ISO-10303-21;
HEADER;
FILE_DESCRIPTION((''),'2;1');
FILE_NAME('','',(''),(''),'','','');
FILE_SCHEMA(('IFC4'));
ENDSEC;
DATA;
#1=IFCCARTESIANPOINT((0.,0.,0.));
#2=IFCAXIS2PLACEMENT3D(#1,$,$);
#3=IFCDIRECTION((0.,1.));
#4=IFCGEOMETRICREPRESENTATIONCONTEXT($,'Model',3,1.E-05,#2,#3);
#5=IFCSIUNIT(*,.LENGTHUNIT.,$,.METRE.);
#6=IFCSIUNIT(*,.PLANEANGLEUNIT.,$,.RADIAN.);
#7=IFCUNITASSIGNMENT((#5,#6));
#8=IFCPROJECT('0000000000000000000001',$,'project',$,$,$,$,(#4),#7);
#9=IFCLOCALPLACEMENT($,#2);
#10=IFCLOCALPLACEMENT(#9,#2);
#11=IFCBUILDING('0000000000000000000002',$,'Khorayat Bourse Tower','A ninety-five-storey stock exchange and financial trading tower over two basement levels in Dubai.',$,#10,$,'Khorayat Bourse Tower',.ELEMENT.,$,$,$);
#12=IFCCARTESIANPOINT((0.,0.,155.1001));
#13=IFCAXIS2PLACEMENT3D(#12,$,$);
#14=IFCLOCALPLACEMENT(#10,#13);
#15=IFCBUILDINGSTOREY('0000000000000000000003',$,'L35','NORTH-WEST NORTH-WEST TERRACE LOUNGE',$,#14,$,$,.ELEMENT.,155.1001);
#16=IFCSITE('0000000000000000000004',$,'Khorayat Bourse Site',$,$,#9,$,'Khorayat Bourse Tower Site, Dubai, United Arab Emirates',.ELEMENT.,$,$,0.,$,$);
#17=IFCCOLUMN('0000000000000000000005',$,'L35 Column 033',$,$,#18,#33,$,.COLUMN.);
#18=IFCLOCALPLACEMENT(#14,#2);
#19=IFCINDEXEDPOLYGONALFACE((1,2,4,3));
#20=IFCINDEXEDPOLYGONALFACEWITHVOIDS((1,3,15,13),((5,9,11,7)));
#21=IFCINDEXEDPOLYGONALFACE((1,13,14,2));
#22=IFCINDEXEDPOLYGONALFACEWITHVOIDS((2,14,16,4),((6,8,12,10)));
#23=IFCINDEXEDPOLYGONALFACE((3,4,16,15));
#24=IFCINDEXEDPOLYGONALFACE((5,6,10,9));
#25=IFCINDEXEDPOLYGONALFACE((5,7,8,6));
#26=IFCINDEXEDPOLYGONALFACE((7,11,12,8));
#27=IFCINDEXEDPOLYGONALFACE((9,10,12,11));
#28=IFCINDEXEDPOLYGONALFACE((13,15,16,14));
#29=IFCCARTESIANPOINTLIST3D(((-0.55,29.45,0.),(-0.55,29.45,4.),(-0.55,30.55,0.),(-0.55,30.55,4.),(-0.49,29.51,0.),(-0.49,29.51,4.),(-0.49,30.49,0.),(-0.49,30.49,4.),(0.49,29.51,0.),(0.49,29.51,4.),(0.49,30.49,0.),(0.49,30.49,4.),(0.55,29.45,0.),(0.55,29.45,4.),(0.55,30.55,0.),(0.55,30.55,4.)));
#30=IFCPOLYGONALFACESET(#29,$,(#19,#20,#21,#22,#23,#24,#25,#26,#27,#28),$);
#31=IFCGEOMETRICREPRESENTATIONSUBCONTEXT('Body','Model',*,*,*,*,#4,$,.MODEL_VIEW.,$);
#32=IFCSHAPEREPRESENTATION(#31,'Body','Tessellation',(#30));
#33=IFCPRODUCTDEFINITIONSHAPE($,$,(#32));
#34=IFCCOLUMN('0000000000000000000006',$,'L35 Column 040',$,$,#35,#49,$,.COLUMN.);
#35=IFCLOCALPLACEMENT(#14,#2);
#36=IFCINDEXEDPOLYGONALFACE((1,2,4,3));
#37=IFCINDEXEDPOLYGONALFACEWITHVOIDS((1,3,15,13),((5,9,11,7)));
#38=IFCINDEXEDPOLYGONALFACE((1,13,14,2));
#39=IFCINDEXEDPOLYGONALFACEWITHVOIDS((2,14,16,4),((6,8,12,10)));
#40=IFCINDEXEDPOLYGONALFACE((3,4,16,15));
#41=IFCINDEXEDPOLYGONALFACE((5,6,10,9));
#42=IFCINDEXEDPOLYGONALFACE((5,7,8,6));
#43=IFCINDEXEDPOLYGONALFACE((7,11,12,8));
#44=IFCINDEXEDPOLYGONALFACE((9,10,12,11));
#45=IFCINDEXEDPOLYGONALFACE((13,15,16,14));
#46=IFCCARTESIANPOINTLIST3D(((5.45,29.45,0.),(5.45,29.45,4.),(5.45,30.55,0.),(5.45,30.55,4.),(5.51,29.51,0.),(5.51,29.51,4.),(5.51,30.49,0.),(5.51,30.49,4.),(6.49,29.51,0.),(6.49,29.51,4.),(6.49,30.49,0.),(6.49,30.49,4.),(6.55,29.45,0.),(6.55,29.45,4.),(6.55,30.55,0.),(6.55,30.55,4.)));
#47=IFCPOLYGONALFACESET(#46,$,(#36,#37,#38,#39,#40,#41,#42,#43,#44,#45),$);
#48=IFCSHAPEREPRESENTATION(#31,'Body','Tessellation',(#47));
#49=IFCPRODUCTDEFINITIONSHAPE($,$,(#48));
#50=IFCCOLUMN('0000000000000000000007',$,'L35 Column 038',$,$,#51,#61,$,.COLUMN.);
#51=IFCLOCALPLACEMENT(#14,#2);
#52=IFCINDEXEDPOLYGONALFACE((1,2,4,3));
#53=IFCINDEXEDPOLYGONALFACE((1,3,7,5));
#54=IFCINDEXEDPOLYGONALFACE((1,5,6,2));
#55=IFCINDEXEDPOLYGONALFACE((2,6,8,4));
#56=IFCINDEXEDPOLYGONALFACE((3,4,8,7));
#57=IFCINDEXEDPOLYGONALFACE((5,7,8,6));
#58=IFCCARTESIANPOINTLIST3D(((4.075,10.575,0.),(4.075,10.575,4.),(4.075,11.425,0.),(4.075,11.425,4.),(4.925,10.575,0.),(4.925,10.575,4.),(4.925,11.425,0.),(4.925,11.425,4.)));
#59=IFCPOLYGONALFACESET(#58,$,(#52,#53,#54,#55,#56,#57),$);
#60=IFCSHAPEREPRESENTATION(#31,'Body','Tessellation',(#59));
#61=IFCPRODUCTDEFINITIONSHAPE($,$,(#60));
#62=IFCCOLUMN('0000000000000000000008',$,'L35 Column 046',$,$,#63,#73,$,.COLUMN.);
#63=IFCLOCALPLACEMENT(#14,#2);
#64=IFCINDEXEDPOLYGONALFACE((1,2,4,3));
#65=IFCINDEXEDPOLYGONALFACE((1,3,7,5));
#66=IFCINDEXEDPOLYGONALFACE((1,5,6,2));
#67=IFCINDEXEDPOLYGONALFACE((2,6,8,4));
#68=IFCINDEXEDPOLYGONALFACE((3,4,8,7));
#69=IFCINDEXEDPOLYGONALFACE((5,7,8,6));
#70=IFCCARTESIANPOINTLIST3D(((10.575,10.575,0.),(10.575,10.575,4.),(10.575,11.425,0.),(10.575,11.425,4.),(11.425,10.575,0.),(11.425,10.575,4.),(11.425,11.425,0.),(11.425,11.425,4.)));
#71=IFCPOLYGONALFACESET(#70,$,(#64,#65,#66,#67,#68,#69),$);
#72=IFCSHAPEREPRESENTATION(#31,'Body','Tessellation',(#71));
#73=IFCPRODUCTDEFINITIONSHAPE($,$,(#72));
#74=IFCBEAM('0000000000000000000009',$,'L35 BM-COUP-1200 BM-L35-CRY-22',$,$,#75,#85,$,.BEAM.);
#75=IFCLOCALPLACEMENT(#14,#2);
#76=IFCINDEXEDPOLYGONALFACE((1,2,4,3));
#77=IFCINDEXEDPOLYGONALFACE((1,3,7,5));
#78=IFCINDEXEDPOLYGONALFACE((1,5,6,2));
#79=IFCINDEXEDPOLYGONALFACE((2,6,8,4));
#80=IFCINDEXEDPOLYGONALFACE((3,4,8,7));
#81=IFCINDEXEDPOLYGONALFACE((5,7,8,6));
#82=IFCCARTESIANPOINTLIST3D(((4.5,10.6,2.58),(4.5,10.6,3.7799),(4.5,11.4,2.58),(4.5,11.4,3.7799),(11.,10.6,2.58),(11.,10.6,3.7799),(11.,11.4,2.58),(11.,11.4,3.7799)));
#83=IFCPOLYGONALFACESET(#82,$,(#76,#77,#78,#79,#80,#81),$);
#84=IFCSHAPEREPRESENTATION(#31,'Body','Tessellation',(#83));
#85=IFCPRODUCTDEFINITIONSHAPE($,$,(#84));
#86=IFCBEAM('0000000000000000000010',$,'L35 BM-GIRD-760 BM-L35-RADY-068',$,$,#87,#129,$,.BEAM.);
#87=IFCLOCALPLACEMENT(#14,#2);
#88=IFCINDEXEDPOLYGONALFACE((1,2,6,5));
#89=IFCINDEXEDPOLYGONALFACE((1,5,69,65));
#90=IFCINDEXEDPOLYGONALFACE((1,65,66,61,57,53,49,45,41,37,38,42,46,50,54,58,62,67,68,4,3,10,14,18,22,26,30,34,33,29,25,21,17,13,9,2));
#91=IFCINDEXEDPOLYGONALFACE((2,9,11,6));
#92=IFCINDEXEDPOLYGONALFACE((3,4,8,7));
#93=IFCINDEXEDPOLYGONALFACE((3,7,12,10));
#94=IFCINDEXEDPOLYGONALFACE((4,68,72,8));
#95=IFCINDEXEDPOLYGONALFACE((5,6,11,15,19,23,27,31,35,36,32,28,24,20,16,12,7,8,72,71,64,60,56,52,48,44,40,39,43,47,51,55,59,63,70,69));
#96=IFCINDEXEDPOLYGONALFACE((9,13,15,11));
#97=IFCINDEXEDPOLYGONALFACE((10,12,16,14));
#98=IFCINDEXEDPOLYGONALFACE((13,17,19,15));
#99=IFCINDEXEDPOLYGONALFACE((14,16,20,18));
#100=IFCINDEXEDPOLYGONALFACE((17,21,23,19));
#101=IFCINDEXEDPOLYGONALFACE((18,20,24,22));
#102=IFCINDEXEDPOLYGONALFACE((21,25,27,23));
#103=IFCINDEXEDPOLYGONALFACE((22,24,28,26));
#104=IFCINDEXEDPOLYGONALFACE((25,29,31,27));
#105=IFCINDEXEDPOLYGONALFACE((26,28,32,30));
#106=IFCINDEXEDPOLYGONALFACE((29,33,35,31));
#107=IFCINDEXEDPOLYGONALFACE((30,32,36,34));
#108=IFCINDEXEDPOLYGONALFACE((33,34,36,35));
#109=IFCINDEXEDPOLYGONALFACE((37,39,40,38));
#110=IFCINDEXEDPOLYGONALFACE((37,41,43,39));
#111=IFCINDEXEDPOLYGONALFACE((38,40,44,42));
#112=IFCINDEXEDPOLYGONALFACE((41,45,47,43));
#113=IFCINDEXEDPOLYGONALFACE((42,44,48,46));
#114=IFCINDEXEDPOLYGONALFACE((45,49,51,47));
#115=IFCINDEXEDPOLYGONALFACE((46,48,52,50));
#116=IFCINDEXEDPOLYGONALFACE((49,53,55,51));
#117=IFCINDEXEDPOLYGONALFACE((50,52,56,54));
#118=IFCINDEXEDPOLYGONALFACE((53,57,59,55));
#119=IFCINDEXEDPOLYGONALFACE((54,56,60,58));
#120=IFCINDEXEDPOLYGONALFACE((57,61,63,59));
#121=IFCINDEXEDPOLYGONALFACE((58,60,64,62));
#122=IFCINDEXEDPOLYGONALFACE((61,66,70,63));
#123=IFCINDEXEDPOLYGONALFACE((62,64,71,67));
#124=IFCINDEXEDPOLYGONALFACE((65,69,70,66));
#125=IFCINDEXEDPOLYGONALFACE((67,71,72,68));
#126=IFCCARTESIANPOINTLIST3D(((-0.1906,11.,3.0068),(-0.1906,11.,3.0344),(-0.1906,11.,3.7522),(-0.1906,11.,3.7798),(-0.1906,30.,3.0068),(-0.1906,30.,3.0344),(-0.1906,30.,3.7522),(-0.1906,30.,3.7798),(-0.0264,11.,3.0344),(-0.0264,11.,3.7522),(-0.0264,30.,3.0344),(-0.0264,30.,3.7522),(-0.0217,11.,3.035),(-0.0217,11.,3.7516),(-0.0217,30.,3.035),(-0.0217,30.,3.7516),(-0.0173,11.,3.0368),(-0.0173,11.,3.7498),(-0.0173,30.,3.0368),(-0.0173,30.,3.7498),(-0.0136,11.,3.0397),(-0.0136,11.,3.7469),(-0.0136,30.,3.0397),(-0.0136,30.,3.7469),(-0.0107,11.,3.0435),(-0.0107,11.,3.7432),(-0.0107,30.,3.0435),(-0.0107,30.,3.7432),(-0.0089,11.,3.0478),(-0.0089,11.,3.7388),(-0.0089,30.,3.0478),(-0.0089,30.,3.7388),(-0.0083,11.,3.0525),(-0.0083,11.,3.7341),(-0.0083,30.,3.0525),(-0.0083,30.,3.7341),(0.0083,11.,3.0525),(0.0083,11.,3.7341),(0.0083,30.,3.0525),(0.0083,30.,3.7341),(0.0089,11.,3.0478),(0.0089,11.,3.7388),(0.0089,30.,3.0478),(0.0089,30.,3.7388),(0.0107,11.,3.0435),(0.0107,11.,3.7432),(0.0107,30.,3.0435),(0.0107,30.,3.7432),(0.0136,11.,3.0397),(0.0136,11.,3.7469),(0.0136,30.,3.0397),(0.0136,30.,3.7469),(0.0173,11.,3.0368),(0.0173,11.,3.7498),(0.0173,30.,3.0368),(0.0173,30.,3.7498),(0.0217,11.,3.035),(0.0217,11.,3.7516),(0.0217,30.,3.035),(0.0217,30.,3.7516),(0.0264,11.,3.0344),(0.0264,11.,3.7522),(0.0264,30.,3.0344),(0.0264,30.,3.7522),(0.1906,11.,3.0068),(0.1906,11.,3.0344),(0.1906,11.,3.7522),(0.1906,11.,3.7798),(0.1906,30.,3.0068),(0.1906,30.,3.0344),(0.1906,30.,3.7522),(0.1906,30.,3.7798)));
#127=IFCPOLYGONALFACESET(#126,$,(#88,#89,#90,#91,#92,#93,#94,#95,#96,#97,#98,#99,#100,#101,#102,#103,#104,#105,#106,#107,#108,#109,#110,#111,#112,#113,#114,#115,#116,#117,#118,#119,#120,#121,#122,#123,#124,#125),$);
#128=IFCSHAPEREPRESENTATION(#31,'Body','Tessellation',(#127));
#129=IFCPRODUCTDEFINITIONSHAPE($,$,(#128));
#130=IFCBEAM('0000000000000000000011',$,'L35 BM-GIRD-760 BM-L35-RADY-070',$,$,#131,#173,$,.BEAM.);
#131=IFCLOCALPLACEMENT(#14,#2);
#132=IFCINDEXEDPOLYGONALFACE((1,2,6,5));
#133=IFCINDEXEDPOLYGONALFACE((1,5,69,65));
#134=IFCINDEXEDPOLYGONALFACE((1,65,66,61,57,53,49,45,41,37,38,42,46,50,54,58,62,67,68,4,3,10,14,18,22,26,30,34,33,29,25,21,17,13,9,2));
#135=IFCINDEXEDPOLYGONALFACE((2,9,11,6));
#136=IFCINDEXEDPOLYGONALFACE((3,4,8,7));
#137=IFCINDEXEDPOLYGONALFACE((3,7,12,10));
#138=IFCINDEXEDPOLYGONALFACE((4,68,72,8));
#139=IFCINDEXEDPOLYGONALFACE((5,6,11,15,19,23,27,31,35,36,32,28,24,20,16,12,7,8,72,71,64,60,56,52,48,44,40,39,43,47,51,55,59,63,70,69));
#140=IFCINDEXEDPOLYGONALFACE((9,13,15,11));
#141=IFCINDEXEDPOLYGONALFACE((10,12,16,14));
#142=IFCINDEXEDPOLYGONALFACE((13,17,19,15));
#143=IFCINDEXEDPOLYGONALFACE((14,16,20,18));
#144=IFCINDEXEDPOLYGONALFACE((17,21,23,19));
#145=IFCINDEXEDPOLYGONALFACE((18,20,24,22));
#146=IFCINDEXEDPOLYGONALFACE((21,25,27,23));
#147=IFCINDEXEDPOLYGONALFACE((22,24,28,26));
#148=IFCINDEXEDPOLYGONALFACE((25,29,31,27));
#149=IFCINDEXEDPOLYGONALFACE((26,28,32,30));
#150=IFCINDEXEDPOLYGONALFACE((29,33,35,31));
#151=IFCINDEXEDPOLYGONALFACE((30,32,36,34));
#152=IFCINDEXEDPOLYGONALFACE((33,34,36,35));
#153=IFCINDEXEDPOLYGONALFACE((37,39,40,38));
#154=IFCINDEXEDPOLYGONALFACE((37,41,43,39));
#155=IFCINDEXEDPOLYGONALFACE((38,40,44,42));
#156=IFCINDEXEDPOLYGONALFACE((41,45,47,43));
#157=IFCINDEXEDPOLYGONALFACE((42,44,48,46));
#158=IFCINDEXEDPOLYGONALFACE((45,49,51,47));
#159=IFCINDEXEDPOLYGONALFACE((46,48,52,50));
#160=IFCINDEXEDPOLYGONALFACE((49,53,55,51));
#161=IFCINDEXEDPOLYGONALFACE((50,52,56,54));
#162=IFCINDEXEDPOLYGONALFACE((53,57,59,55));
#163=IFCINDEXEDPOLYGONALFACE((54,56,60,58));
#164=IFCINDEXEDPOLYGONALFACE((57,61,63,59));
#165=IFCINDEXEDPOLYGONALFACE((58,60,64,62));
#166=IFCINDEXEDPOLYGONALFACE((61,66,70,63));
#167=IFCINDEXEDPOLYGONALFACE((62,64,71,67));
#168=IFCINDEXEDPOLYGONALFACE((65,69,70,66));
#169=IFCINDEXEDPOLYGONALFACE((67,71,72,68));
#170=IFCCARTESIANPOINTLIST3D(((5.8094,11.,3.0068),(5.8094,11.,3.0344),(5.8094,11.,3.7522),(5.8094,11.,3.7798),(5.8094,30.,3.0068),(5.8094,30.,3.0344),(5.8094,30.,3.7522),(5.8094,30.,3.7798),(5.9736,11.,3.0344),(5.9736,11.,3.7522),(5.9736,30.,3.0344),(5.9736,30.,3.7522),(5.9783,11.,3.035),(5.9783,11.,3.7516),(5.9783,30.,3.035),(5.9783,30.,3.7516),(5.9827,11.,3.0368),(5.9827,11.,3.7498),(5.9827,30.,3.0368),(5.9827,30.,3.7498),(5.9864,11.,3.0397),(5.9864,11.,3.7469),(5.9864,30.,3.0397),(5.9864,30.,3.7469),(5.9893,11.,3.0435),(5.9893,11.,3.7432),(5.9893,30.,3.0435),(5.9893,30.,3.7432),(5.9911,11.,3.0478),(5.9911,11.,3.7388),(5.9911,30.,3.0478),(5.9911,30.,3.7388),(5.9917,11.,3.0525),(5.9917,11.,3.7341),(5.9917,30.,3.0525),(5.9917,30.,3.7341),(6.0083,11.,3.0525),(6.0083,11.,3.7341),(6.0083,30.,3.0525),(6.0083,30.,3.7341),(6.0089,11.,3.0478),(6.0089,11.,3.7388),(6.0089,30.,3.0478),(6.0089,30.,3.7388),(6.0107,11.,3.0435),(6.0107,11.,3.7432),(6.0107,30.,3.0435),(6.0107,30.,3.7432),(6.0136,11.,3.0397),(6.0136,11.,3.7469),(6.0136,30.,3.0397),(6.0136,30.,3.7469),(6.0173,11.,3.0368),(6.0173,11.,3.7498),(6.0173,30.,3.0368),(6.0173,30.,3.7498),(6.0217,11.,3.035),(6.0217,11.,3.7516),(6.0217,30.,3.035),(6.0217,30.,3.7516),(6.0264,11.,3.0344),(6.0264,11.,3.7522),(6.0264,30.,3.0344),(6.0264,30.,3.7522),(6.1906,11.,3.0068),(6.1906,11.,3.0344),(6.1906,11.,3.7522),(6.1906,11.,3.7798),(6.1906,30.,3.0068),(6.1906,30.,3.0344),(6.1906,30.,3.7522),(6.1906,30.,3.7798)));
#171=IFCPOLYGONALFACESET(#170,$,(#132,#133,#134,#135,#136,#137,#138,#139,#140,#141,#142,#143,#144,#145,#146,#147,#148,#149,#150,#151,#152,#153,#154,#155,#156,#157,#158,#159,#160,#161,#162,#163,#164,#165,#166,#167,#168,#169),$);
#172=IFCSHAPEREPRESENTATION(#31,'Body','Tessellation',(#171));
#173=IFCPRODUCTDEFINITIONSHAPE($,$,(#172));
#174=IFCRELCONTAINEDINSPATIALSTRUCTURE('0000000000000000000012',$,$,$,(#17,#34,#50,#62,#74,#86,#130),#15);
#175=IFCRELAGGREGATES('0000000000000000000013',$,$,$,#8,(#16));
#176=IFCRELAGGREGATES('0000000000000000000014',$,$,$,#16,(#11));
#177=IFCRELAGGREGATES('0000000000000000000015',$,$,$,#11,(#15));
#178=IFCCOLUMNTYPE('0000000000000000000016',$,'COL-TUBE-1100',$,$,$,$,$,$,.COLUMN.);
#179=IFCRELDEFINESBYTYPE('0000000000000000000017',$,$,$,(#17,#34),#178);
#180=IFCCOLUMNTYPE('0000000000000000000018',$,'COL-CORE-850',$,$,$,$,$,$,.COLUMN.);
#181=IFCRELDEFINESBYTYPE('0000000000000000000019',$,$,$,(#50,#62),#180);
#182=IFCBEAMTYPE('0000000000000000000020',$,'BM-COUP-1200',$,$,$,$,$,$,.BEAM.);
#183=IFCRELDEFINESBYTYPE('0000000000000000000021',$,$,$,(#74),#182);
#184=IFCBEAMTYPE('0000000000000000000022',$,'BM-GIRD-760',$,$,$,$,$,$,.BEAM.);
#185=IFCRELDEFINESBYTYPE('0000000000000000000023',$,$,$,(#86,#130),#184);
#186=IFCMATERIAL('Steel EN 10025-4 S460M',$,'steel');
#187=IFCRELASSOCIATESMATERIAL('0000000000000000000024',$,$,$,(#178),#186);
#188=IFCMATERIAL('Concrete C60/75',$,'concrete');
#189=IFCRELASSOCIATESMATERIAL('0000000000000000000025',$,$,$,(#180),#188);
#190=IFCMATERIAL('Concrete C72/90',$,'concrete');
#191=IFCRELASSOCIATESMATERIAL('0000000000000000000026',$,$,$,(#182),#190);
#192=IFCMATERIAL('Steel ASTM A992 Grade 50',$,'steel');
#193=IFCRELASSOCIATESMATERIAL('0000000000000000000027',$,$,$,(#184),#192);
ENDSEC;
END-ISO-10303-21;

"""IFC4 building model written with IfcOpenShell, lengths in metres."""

from ifc_helpers import new_model, si_unit, direction, frame, origin, origin_2d, place, context, subcontext, project, spatial, rectangle, hollow_rectangle, i_section, extrude, source, transform, mapped, material, material_profile, profile_set, type_object, element, save


model = new_model("IFC4")

# Units and contexts
model_context = context("Model", 3, precision=1e-05, world=origin(), true_north=direction((0.0, 1.0)))
body_context = subcontext(model_context, "Body", "Model", "MODEL_VIEW")
ifc_project = project(units=[si_unit("LENGTHUNIT", "METRE"), si_unit("PLANEANGLEUNIT", "RADIAN")], contexts=[model_context])

# Site, building, storey
site_placement = place(None, origin())
site = spatial("IfcSite", under=ifc_project, at=site_placement, Name="Khorayat Bourse Site", LongName="Khorayat Bourse Tower Site, Dubai, United Arab Emirates", CompositionType="ELEMENT", RefElevation=0.0)
building_placement = place(site_placement, origin())
building = spatial("IfcBuilding", under=site, at=building_placement, Name="Khorayat Bourse Tower", Description="A ninety-five-storey stock exchange and financial trading tower over two basement levels in Dubai.", LongName="Khorayat Bourse Tower", CompositionType="ELEMENT")
storey_placement = place(building_placement, frame((0.0, 0.0, 155.1001)))
storey = spatial("IfcBuildingStorey", under=building, at=storey_placement, Name="L35", Description="NORTH-WEST NORTH-WEST TERRACE LOUNGE", CompositionType="ELEMENT", Elevation=155.1001)

# Columns
ifc_material_1 = material(Name="Steel EN 10025-4 S460M", Category="steel")
ifc_material_profile_1 = material_profile(ifc_material_1, hollow_rectangle(XDim=1.1001, YDim=1.1001, WallThickness=0.0601, at=origin_2d()), Name="BOX 1100x1100x60")
ifc_profile_set_1 = profile_set([ifc_material_profile_1], Name="Steel EN 10025-4 S460M")
column_type_1 = type_object("IfcColumnType", Name="COL-TUBE-1100", PredefinedType="COLUMN", material=ifc_profile_set_1)
shared_shape_1 = source(origin(), body_context, "Body", "SweptSolid", [
    extrude(hollow_rectangle(XDim=1.1001, YDim=1.1001, WallThickness=0.0601, at=origin_2d()), origin(), (0.0, 0.0, 1.0), 4.0),
])
for number, where, z_axis, x_axis, name in (
    (1, (0.0, 30.0, 0.0), (0.0, 0.0, 1.0), (1.0, 0.0, 0.0), "L35 Column 033"),
    (2, (6.0, 30.0, 0.0), (0.0, 0.0, 1.0), (1.0, 0.0, 0.0), "L35 Column 040"),
):
    element("IfcColumn", number, at=place(storey_placement, frame(where, z_axis=z_axis, x_axis=x_axis)), inside=storey, type_object=column_type_1, Name=name, PredefinedType="COLUMN", context=body_context, shape_type="MappedRepresentation", body=[
        mapped(shared_shape_1, transform((0.0, 0.0, 0.0), scale=1.0)),
    ])
ifc_material_2 = material(Name="Concrete C60/75", Category="concrete")
ifc_material_profile_2 = material_profile(ifc_material_2, rectangle(XDim=0.8501, YDim=0.8501, at=origin_2d()), Name="RC 850x850")
ifc_profile_set_2 = profile_set([ifc_material_profile_2], Name="Concrete C60/75")
column_type_2 = type_object("IfcColumnType", Name="COL-CORE-850", PredefinedType="COLUMN", material=ifc_profile_set_2)
shared_shape_2 = source(origin(), body_context, "Body", "SweptSolid", [
    extrude(rectangle(XDim=0.8501, YDim=0.8501, at=origin_2d()), origin(), (0.0, 0.0, 1.0), 4.0),
])
for number, where, z_axis, x_axis, name in (
    (3, (4.5, 11.0, 0.0), (0.0, 0.0, 1.0), (1.0, 0.0, 0.0), "L35 Column 038"),
    (4, (11.0, 11.0, 0.0), (0.0, 0.0, 1.0), (1.0, 0.0, 0.0), "L35 Column 046"),
):
    element("IfcColumn", number, at=place(storey_placement, frame(where, z_axis=z_axis, x_axis=x_axis)), inside=storey, type_object=column_type_2, Name=name, PredefinedType="COLUMN", context=body_context, shape_type="MappedRepresentation", body=[
        mapped(shared_shape_2, transform((0.0, 0.0, 0.0), scale=1.0)),
    ])

# Beams
ifc_material_3 = material(Name="Concrete C72/90", Category="concrete")
ifc_material_profile_3 = material_profile(ifc_material_3, rectangle(XDim=0.8, YDim=1.2, at=origin_2d()), Name="RC 800x1200")
ifc_profile_set_3 = profile_set([ifc_material_profile_3], Name="Concrete C72/90")
beam_type_1 = type_object("IfcBeamType", Name="BM-COUP-1200", PredefinedType="BEAM", material=ifc_profile_set_3)
shared_shape_3 = source(origin(), body_context, "Body", "SweptSolid", [
    extrude(rectangle(XDim=0.8, YDim=1.2, at=origin_2d()), origin(), (0.0, 0.0, 1.0), 6.5),
])
beam_1_placement = place(storey_placement, frame((4.5, 11.0, 3.1799), z_axis=(1.0, 0.0, 0.0), x_axis=(0.0, 1.0, 0.0)))
element("IfcBeam", 5, at=beam_1_placement, inside=storey, type_object=beam_type_1, Name="L35 BM-COUP-1200 BM-L35-CRY-22", PredefinedType="BEAM", context=body_context, shape_type="MappedRepresentation", body=[
    mapped(shared_shape_3, transform((0.0, 0.0, 0.0), scale=1.0)),
])
ifc_material_4 = material(Name="Steel ASTM A992 Grade 50", Category="steel")
ifc_material_profile_4 = material_profile(ifc_material_4, i_section(OverallWidth=0.3811, OverallDepth=0.7729, WebThickness=0.0166, FlangeThickness=0.0276, FilletRadius=0.0181, at=origin_2d()), Name="W760X257")
ifc_profile_set_4 = profile_set([ifc_material_profile_4], Name="Steel ASTM A992 Grade 50")
beam_type_2 = type_object("IfcBeamType", Name="BM-GIRD-760", PredefinedType="BEAM", material=ifc_profile_set_4)
shared_shape_4 = source(origin(), body_context, "Body", "SweptSolid", [
    extrude(i_section(OverallWidth=0.3811, OverallDepth=0.7729, WebThickness=0.0166, FlangeThickness=0.0276, FilletRadius=0.0181, at=origin_2d()), origin(), (0.0, 0.0, 1.0), 19.0),
])
for number, where, z_axis, x_axis, name in (
    (6, (0.0, 11.0, 3.3933), (0.0, 1.0, 0.0), (-1.0, 0.0, 0.0), "L35 BM-GIRD-760 BM-L35-RADY-068"),
    (7, (6.0, 11.0, 3.3933), (0.0, 1.0, 0.0), (-1.0, 0.0, 0.0), "L35 BM-GIRD-760 BM-L35-RADY-070"),
):
    element("IfcBeam", number, at=place(storey_placement, frame(where, z_axis=z_axis, x_axis=x_axis)), inside=storey, type_object=beam_type_2, Name=name, PredefinedType="BEAM", context=body_context, shape_type="MappedRepresentation", body=[
        mapped(shared_shape_4, transform((0.0, 0.0, 0.0), scale=1.0)),
    ])

save(model, "model.ifc")
